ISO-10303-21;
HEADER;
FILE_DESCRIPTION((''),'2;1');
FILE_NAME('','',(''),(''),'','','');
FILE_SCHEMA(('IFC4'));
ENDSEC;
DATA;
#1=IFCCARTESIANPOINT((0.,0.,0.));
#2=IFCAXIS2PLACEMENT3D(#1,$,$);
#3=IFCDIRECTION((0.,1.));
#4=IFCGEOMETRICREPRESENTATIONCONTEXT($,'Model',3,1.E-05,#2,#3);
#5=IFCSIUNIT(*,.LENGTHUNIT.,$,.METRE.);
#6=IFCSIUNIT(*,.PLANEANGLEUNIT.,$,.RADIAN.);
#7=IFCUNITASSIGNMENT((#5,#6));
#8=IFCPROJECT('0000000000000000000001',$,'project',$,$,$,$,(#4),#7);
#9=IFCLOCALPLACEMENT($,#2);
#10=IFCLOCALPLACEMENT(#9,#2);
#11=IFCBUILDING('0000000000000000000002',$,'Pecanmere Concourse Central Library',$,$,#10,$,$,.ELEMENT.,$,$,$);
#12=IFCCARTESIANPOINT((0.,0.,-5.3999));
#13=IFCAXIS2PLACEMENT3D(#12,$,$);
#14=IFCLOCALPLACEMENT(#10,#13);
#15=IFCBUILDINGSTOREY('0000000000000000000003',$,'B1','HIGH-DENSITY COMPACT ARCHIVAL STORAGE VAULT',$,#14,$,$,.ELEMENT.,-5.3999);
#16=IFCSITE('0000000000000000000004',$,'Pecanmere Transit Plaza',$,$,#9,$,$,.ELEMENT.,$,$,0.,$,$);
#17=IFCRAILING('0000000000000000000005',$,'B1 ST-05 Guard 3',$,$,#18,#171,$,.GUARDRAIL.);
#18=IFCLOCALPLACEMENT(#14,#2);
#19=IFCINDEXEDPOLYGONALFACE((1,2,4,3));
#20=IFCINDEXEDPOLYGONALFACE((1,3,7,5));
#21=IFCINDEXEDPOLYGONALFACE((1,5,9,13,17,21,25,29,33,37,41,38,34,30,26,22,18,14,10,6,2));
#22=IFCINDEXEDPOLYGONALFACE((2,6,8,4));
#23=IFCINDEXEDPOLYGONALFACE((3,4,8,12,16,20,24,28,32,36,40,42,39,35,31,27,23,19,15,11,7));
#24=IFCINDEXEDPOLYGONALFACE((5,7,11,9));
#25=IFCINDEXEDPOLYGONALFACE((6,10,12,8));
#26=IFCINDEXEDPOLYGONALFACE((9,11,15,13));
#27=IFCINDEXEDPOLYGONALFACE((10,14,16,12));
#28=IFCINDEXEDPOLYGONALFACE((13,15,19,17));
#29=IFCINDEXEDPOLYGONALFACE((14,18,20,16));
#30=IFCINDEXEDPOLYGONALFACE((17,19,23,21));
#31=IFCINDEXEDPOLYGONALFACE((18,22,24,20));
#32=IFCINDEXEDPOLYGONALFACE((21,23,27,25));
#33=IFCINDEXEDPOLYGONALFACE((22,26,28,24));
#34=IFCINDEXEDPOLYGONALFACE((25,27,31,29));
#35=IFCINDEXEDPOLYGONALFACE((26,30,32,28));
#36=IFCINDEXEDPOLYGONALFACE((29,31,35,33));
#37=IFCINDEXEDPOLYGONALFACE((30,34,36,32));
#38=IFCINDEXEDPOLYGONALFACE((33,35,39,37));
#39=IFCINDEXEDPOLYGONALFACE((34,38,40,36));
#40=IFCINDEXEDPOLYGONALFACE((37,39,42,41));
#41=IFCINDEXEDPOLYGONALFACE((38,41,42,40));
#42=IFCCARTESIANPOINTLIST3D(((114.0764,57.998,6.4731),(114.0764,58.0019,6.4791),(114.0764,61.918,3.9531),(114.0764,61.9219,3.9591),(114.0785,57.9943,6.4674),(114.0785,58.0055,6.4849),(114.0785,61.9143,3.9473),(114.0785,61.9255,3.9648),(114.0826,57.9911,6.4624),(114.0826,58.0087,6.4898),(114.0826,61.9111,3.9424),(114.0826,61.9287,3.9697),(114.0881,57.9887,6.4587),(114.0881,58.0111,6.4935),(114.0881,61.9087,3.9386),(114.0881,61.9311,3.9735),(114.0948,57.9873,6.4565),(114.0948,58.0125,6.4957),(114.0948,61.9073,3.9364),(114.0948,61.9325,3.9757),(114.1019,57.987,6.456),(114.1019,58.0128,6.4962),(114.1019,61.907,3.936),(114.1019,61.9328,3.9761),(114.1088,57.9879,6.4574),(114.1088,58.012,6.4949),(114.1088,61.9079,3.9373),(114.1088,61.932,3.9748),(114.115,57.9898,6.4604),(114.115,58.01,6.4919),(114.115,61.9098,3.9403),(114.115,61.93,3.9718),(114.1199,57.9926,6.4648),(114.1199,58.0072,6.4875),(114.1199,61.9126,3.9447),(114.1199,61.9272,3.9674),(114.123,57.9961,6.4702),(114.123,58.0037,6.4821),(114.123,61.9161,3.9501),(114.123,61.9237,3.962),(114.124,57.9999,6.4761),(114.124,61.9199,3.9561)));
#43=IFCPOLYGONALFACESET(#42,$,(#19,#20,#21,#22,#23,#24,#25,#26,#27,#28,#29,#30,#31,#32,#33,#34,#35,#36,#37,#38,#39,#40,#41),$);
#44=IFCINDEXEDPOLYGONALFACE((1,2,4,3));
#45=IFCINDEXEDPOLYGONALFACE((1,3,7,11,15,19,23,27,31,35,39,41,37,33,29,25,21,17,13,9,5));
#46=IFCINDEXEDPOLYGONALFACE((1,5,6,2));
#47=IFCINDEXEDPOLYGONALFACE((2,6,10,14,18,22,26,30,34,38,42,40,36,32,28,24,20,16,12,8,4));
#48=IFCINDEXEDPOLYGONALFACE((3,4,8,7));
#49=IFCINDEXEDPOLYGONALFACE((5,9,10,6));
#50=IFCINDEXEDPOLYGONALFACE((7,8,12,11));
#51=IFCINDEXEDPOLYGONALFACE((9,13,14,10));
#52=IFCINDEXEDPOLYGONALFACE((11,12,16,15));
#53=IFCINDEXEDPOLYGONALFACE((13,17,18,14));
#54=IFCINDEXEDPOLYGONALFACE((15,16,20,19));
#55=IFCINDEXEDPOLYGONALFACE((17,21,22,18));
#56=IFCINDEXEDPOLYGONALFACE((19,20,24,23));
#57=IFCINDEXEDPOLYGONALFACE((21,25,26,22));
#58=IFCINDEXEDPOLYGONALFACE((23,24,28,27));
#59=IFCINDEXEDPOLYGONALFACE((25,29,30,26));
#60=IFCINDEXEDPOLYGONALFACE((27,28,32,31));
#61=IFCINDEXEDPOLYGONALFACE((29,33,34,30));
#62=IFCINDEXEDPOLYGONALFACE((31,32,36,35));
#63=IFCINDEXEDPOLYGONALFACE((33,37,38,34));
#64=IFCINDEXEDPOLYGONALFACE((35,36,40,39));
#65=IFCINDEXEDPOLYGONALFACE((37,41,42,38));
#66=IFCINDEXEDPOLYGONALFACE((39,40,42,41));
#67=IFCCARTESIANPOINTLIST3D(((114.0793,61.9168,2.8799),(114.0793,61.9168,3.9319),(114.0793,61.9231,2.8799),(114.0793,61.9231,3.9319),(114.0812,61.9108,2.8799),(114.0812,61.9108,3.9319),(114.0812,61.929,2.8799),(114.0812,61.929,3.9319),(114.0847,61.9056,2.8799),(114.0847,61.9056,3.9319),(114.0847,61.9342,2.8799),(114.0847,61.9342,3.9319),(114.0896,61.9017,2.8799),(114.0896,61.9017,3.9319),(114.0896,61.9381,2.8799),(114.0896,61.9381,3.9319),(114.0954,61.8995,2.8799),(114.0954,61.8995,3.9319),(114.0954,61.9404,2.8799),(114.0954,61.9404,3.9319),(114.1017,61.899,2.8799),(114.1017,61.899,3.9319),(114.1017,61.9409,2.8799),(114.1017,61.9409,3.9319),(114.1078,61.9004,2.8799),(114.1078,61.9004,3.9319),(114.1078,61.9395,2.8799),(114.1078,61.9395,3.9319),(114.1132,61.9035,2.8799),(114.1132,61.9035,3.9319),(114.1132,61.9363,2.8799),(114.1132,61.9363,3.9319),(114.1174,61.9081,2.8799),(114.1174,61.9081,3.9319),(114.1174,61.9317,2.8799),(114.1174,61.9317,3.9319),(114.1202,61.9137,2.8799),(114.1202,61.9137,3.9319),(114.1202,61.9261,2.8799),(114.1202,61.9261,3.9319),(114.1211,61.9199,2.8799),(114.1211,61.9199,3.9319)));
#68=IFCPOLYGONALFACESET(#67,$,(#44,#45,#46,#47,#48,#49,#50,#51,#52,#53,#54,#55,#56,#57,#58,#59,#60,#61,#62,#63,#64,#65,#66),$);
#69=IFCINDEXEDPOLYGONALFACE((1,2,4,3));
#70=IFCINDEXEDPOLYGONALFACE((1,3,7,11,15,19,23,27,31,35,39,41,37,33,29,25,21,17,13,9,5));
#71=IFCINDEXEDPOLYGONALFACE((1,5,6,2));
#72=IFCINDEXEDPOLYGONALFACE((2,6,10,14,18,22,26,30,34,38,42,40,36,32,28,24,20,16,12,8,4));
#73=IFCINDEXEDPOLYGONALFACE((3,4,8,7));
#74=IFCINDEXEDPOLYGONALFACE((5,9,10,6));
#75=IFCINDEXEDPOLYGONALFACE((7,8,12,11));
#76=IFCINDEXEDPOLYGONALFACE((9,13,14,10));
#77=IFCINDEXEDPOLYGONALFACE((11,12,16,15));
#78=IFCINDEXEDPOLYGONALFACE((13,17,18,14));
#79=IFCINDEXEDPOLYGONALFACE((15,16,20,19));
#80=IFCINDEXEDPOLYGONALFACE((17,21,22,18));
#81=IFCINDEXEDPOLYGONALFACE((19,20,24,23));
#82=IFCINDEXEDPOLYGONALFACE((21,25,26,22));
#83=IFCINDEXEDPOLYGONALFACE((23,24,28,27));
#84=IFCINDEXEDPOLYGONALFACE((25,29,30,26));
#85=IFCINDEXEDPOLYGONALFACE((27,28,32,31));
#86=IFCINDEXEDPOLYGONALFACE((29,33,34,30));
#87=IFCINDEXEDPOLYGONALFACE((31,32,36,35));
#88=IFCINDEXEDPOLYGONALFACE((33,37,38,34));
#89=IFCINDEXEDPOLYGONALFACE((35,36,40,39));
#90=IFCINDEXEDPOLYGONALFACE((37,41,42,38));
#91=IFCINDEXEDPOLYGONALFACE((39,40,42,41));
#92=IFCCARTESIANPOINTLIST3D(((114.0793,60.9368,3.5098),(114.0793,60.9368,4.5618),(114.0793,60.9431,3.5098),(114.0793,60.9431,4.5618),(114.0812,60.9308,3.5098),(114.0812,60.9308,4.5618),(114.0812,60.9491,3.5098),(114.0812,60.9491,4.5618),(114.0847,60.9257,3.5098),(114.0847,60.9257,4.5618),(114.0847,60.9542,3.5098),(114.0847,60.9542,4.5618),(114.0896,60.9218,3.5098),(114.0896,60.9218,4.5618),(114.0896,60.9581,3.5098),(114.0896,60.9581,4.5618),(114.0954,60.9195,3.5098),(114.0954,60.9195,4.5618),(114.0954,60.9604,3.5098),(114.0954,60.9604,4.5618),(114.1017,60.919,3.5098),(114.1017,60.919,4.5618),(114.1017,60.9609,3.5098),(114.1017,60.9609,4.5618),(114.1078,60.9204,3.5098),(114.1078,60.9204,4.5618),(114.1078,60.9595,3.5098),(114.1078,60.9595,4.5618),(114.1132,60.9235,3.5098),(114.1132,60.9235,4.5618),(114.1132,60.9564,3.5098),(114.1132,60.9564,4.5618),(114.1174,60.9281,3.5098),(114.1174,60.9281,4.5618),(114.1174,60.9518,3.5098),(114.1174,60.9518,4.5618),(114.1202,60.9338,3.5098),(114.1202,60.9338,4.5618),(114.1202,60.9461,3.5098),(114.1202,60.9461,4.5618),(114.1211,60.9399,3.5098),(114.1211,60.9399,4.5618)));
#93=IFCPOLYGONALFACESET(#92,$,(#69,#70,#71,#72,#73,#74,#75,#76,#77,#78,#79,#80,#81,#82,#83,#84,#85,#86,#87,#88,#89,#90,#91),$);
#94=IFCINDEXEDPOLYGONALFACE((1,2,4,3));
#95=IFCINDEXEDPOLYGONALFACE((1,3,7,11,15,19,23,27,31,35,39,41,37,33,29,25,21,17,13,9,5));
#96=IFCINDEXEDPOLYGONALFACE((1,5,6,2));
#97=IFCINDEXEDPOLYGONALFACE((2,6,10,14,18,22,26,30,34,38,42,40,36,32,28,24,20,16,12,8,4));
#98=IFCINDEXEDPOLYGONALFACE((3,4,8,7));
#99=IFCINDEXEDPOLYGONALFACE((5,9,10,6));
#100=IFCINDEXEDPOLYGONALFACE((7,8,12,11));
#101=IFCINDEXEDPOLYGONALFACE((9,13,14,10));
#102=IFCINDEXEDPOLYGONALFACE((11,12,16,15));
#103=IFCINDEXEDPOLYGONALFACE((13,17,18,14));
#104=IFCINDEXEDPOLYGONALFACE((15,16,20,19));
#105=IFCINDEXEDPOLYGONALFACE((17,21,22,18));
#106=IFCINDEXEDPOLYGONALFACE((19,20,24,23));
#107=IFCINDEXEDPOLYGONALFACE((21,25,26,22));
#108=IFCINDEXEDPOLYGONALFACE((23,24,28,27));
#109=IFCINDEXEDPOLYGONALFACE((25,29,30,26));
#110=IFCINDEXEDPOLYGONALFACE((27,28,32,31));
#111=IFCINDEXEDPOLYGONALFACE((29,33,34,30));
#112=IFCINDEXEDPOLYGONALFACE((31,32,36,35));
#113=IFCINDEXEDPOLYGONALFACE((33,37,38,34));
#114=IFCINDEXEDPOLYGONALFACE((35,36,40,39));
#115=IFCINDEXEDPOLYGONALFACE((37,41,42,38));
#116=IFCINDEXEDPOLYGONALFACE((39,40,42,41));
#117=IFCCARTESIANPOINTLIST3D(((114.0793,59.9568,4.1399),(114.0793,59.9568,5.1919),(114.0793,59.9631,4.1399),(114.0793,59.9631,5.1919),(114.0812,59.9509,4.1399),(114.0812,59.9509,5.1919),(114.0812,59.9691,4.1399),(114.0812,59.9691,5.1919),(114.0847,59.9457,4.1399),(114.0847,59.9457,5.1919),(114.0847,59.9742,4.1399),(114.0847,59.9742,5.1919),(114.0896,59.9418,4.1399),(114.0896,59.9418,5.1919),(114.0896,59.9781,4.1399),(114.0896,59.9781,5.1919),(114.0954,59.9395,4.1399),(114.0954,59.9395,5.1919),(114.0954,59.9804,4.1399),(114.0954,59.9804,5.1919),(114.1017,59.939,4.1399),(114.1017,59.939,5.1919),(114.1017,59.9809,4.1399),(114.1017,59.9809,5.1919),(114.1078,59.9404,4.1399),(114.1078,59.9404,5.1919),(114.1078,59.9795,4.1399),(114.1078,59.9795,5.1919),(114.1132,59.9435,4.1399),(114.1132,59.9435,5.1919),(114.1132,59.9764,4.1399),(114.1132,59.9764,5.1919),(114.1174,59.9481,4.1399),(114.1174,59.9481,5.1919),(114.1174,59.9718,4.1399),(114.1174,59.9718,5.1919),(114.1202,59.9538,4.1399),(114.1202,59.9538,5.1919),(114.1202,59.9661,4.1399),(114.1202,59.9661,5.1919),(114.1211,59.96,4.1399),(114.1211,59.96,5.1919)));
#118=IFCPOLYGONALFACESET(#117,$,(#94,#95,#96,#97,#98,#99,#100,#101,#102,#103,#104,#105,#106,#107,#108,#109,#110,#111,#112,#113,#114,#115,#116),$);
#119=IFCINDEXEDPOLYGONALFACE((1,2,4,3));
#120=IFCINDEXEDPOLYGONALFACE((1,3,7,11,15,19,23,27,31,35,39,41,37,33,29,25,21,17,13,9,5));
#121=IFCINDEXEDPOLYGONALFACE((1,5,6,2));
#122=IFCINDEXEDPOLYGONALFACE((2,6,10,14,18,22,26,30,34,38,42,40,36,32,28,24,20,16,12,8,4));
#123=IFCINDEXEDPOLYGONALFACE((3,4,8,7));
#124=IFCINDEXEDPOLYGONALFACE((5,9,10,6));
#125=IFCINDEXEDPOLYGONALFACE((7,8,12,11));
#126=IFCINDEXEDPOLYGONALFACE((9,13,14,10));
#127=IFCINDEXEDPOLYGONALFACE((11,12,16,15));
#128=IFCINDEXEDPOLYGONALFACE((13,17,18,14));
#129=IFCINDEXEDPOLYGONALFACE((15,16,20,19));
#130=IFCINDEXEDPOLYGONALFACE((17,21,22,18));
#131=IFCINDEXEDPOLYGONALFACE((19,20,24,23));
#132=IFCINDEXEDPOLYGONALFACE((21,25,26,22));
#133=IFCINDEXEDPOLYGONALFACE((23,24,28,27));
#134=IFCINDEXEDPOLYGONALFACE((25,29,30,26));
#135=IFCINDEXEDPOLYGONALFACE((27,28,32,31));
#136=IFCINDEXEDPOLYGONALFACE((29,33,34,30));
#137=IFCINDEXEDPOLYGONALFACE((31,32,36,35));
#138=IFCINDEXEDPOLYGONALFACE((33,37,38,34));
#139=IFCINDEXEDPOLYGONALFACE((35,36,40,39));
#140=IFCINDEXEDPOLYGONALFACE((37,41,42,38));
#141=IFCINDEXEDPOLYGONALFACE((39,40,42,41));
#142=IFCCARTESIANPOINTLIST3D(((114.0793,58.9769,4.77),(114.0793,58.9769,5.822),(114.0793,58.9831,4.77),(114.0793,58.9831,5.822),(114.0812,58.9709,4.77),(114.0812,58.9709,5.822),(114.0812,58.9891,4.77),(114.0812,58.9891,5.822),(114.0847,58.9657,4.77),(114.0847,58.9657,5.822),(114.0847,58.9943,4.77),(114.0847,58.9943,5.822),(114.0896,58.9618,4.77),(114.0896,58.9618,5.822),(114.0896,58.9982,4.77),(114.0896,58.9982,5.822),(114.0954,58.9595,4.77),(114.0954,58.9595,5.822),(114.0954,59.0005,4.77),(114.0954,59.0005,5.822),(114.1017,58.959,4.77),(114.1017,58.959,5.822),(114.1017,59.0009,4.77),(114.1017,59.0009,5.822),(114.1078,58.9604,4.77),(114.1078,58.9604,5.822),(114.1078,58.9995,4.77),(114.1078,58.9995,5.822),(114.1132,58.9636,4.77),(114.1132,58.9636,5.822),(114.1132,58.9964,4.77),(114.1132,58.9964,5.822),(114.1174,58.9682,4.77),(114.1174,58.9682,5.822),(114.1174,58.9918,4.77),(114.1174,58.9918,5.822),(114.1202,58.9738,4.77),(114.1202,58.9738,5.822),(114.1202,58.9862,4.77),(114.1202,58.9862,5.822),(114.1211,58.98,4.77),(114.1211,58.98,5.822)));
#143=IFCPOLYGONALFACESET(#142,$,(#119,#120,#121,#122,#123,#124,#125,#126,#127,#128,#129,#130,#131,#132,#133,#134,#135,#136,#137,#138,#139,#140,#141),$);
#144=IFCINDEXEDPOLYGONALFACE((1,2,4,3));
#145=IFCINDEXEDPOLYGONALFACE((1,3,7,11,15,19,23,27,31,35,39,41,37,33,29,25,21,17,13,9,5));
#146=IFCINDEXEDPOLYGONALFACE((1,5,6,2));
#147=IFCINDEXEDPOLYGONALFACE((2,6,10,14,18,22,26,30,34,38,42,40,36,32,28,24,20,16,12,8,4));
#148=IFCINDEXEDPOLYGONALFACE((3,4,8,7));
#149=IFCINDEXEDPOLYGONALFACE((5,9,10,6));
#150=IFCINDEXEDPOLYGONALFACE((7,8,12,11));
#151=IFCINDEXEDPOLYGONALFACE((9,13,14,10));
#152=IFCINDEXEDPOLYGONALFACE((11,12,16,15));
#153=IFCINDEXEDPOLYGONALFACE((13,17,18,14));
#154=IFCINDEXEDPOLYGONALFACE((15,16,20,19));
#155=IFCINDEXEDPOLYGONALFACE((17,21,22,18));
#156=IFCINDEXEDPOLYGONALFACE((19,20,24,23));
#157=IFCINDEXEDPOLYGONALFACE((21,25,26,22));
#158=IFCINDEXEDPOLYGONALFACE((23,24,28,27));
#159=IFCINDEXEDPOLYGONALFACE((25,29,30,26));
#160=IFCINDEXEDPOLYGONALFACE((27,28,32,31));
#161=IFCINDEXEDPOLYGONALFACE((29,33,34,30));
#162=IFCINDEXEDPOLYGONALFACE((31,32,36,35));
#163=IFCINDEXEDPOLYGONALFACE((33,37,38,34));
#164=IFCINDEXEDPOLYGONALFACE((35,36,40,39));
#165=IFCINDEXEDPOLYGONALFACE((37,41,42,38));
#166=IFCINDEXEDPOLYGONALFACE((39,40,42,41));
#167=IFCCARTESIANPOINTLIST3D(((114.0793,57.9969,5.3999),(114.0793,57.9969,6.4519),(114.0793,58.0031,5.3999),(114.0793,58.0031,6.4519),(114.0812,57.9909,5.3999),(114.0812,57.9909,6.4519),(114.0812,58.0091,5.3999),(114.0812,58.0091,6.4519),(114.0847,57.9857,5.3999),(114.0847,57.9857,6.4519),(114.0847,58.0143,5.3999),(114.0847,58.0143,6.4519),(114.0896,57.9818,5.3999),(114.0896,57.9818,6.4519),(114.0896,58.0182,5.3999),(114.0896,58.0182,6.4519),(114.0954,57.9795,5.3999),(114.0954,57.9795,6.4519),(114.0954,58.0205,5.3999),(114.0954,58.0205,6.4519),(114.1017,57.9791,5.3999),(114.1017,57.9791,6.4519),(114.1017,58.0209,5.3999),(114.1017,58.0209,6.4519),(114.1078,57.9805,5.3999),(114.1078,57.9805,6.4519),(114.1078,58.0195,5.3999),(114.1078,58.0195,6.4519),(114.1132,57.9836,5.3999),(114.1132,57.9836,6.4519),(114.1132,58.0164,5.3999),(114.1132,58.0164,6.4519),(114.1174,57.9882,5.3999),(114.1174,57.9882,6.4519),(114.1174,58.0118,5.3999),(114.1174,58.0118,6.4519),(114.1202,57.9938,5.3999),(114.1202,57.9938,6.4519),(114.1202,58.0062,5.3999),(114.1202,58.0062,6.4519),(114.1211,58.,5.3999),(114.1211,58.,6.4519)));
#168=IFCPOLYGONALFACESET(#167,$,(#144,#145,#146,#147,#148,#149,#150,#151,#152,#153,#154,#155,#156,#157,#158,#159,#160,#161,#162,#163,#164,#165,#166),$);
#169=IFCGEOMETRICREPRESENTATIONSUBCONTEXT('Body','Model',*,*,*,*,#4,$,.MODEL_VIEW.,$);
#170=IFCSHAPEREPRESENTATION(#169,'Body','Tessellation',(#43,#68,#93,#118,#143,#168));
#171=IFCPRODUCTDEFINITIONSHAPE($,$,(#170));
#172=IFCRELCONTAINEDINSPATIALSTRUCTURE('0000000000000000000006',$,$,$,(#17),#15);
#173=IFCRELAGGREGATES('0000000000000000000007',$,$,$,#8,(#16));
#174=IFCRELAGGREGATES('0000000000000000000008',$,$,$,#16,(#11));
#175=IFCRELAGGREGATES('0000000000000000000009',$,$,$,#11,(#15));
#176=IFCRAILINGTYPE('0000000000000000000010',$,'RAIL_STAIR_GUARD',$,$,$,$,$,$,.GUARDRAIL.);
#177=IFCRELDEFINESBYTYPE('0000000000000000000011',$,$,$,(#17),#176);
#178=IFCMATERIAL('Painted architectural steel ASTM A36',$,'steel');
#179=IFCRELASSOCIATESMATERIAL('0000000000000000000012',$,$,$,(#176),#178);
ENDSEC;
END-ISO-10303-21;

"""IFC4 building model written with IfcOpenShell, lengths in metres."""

from ifc_helpers import new_model, si_unit, direction, frame, origin, origin_2d, place, context, subcontext, project, spatial, circle, extrude, material, type_object, element, save


model = new_model("IFC4")

# Units and contexts
model_context = context("Model", 3, precision=1e-05, world=origin(), true_north=direction((0.0, 1.0)))
body_context = subcontext(model_context, "Body", "Model", "MODEL_VIEW")
ifc_project = project(units=[si_unit("LENGTHUNIT", "METRE"), si_unit("PLANEANGLEUNIT", "RADIAN")], contexts=[model_context])

# Site, building, storey
site_placement = place(None, origin())
site = spatial("IfcSite", under=ifc_project, at=site_placement, Name="Pecanmere Transit Plaza", CompositionType="ELEMENT", RefElevation=0.0)
building_placement = place(site_placement, origin())
building = spatial("IfcBuilding", under=site, at=building_placement, Name="Pecanmere Concourse Central Library", CompositionType="ELEMENT")
storey_placement = place(building_placement, frame((0.0, 0.0, -5.3999)))
storey = spatial("IfcBuildingStorey", under=building, at=storey_placement, Name="B1", Description="HIGH-DENSITY COMPACT ARCHIVAL STORAGE VAULT", CompositionType="ELEMENT", Elevation=-5.3999)

# Railing
ifc_material_1 = material(Name="Painted architectural steel ASTM A36", Category="steel")
railing_type_1 = type_object("IfcRailingType", Name="RAIL_STAIR_GUARD", PredefinedType="GUARDRAIL", material=ifc_material_1)
railing_1_placement = place(storey_placement, frame((114.1001, 61.9199, 2.8799)))
element("IfcRailing", 1, at=railing_1_placement, inside=storey, type_object=railing_type_1, Name="B1 ST-05 Guard 3", PredefinedType="GUARDRAIL", context=body_context, shape_type="SweptSolid", body=[
    extrude(circle(Radius=0.0239, at=origin_2d()), frame((0.0, 0.0, 1.0762), z_axis=(0.0, -0.841172, 0.540768), x_axis=(1.0, 0.0, 0.0)), (0.0, 0.0, 1.0), 4.6602),
    extrude(circle(Radius=0.021, at=origin_2d()), origin(), (0.0, 0.0, 1.0), 1.052),
    extrude(circle(Radius=0.021, at=origin_2d()), frame((0.0, -0.98, 0.6299)), (0.0, 0.0, 1.0), 1.052),
    extrude(circle(Radius=0.021, at=origin_2d()), frame((0.0, -1.96, 1.26)), (0.0, 0.0, 1.0), 1.052),
    extrude(circle(Radius=0.021, at=origin_2d()), frame((0.0, -2.9399, 1.8901)), (0.0, 0.0, 1.0), 1.052),
    extrude(circle(Radius=0.021, at=origin_2d()), frame((0.0, -3.9199, 2.52)), (0.0, 0.0, 1.0), 1.052),
])

save(model, "model.ifc")
